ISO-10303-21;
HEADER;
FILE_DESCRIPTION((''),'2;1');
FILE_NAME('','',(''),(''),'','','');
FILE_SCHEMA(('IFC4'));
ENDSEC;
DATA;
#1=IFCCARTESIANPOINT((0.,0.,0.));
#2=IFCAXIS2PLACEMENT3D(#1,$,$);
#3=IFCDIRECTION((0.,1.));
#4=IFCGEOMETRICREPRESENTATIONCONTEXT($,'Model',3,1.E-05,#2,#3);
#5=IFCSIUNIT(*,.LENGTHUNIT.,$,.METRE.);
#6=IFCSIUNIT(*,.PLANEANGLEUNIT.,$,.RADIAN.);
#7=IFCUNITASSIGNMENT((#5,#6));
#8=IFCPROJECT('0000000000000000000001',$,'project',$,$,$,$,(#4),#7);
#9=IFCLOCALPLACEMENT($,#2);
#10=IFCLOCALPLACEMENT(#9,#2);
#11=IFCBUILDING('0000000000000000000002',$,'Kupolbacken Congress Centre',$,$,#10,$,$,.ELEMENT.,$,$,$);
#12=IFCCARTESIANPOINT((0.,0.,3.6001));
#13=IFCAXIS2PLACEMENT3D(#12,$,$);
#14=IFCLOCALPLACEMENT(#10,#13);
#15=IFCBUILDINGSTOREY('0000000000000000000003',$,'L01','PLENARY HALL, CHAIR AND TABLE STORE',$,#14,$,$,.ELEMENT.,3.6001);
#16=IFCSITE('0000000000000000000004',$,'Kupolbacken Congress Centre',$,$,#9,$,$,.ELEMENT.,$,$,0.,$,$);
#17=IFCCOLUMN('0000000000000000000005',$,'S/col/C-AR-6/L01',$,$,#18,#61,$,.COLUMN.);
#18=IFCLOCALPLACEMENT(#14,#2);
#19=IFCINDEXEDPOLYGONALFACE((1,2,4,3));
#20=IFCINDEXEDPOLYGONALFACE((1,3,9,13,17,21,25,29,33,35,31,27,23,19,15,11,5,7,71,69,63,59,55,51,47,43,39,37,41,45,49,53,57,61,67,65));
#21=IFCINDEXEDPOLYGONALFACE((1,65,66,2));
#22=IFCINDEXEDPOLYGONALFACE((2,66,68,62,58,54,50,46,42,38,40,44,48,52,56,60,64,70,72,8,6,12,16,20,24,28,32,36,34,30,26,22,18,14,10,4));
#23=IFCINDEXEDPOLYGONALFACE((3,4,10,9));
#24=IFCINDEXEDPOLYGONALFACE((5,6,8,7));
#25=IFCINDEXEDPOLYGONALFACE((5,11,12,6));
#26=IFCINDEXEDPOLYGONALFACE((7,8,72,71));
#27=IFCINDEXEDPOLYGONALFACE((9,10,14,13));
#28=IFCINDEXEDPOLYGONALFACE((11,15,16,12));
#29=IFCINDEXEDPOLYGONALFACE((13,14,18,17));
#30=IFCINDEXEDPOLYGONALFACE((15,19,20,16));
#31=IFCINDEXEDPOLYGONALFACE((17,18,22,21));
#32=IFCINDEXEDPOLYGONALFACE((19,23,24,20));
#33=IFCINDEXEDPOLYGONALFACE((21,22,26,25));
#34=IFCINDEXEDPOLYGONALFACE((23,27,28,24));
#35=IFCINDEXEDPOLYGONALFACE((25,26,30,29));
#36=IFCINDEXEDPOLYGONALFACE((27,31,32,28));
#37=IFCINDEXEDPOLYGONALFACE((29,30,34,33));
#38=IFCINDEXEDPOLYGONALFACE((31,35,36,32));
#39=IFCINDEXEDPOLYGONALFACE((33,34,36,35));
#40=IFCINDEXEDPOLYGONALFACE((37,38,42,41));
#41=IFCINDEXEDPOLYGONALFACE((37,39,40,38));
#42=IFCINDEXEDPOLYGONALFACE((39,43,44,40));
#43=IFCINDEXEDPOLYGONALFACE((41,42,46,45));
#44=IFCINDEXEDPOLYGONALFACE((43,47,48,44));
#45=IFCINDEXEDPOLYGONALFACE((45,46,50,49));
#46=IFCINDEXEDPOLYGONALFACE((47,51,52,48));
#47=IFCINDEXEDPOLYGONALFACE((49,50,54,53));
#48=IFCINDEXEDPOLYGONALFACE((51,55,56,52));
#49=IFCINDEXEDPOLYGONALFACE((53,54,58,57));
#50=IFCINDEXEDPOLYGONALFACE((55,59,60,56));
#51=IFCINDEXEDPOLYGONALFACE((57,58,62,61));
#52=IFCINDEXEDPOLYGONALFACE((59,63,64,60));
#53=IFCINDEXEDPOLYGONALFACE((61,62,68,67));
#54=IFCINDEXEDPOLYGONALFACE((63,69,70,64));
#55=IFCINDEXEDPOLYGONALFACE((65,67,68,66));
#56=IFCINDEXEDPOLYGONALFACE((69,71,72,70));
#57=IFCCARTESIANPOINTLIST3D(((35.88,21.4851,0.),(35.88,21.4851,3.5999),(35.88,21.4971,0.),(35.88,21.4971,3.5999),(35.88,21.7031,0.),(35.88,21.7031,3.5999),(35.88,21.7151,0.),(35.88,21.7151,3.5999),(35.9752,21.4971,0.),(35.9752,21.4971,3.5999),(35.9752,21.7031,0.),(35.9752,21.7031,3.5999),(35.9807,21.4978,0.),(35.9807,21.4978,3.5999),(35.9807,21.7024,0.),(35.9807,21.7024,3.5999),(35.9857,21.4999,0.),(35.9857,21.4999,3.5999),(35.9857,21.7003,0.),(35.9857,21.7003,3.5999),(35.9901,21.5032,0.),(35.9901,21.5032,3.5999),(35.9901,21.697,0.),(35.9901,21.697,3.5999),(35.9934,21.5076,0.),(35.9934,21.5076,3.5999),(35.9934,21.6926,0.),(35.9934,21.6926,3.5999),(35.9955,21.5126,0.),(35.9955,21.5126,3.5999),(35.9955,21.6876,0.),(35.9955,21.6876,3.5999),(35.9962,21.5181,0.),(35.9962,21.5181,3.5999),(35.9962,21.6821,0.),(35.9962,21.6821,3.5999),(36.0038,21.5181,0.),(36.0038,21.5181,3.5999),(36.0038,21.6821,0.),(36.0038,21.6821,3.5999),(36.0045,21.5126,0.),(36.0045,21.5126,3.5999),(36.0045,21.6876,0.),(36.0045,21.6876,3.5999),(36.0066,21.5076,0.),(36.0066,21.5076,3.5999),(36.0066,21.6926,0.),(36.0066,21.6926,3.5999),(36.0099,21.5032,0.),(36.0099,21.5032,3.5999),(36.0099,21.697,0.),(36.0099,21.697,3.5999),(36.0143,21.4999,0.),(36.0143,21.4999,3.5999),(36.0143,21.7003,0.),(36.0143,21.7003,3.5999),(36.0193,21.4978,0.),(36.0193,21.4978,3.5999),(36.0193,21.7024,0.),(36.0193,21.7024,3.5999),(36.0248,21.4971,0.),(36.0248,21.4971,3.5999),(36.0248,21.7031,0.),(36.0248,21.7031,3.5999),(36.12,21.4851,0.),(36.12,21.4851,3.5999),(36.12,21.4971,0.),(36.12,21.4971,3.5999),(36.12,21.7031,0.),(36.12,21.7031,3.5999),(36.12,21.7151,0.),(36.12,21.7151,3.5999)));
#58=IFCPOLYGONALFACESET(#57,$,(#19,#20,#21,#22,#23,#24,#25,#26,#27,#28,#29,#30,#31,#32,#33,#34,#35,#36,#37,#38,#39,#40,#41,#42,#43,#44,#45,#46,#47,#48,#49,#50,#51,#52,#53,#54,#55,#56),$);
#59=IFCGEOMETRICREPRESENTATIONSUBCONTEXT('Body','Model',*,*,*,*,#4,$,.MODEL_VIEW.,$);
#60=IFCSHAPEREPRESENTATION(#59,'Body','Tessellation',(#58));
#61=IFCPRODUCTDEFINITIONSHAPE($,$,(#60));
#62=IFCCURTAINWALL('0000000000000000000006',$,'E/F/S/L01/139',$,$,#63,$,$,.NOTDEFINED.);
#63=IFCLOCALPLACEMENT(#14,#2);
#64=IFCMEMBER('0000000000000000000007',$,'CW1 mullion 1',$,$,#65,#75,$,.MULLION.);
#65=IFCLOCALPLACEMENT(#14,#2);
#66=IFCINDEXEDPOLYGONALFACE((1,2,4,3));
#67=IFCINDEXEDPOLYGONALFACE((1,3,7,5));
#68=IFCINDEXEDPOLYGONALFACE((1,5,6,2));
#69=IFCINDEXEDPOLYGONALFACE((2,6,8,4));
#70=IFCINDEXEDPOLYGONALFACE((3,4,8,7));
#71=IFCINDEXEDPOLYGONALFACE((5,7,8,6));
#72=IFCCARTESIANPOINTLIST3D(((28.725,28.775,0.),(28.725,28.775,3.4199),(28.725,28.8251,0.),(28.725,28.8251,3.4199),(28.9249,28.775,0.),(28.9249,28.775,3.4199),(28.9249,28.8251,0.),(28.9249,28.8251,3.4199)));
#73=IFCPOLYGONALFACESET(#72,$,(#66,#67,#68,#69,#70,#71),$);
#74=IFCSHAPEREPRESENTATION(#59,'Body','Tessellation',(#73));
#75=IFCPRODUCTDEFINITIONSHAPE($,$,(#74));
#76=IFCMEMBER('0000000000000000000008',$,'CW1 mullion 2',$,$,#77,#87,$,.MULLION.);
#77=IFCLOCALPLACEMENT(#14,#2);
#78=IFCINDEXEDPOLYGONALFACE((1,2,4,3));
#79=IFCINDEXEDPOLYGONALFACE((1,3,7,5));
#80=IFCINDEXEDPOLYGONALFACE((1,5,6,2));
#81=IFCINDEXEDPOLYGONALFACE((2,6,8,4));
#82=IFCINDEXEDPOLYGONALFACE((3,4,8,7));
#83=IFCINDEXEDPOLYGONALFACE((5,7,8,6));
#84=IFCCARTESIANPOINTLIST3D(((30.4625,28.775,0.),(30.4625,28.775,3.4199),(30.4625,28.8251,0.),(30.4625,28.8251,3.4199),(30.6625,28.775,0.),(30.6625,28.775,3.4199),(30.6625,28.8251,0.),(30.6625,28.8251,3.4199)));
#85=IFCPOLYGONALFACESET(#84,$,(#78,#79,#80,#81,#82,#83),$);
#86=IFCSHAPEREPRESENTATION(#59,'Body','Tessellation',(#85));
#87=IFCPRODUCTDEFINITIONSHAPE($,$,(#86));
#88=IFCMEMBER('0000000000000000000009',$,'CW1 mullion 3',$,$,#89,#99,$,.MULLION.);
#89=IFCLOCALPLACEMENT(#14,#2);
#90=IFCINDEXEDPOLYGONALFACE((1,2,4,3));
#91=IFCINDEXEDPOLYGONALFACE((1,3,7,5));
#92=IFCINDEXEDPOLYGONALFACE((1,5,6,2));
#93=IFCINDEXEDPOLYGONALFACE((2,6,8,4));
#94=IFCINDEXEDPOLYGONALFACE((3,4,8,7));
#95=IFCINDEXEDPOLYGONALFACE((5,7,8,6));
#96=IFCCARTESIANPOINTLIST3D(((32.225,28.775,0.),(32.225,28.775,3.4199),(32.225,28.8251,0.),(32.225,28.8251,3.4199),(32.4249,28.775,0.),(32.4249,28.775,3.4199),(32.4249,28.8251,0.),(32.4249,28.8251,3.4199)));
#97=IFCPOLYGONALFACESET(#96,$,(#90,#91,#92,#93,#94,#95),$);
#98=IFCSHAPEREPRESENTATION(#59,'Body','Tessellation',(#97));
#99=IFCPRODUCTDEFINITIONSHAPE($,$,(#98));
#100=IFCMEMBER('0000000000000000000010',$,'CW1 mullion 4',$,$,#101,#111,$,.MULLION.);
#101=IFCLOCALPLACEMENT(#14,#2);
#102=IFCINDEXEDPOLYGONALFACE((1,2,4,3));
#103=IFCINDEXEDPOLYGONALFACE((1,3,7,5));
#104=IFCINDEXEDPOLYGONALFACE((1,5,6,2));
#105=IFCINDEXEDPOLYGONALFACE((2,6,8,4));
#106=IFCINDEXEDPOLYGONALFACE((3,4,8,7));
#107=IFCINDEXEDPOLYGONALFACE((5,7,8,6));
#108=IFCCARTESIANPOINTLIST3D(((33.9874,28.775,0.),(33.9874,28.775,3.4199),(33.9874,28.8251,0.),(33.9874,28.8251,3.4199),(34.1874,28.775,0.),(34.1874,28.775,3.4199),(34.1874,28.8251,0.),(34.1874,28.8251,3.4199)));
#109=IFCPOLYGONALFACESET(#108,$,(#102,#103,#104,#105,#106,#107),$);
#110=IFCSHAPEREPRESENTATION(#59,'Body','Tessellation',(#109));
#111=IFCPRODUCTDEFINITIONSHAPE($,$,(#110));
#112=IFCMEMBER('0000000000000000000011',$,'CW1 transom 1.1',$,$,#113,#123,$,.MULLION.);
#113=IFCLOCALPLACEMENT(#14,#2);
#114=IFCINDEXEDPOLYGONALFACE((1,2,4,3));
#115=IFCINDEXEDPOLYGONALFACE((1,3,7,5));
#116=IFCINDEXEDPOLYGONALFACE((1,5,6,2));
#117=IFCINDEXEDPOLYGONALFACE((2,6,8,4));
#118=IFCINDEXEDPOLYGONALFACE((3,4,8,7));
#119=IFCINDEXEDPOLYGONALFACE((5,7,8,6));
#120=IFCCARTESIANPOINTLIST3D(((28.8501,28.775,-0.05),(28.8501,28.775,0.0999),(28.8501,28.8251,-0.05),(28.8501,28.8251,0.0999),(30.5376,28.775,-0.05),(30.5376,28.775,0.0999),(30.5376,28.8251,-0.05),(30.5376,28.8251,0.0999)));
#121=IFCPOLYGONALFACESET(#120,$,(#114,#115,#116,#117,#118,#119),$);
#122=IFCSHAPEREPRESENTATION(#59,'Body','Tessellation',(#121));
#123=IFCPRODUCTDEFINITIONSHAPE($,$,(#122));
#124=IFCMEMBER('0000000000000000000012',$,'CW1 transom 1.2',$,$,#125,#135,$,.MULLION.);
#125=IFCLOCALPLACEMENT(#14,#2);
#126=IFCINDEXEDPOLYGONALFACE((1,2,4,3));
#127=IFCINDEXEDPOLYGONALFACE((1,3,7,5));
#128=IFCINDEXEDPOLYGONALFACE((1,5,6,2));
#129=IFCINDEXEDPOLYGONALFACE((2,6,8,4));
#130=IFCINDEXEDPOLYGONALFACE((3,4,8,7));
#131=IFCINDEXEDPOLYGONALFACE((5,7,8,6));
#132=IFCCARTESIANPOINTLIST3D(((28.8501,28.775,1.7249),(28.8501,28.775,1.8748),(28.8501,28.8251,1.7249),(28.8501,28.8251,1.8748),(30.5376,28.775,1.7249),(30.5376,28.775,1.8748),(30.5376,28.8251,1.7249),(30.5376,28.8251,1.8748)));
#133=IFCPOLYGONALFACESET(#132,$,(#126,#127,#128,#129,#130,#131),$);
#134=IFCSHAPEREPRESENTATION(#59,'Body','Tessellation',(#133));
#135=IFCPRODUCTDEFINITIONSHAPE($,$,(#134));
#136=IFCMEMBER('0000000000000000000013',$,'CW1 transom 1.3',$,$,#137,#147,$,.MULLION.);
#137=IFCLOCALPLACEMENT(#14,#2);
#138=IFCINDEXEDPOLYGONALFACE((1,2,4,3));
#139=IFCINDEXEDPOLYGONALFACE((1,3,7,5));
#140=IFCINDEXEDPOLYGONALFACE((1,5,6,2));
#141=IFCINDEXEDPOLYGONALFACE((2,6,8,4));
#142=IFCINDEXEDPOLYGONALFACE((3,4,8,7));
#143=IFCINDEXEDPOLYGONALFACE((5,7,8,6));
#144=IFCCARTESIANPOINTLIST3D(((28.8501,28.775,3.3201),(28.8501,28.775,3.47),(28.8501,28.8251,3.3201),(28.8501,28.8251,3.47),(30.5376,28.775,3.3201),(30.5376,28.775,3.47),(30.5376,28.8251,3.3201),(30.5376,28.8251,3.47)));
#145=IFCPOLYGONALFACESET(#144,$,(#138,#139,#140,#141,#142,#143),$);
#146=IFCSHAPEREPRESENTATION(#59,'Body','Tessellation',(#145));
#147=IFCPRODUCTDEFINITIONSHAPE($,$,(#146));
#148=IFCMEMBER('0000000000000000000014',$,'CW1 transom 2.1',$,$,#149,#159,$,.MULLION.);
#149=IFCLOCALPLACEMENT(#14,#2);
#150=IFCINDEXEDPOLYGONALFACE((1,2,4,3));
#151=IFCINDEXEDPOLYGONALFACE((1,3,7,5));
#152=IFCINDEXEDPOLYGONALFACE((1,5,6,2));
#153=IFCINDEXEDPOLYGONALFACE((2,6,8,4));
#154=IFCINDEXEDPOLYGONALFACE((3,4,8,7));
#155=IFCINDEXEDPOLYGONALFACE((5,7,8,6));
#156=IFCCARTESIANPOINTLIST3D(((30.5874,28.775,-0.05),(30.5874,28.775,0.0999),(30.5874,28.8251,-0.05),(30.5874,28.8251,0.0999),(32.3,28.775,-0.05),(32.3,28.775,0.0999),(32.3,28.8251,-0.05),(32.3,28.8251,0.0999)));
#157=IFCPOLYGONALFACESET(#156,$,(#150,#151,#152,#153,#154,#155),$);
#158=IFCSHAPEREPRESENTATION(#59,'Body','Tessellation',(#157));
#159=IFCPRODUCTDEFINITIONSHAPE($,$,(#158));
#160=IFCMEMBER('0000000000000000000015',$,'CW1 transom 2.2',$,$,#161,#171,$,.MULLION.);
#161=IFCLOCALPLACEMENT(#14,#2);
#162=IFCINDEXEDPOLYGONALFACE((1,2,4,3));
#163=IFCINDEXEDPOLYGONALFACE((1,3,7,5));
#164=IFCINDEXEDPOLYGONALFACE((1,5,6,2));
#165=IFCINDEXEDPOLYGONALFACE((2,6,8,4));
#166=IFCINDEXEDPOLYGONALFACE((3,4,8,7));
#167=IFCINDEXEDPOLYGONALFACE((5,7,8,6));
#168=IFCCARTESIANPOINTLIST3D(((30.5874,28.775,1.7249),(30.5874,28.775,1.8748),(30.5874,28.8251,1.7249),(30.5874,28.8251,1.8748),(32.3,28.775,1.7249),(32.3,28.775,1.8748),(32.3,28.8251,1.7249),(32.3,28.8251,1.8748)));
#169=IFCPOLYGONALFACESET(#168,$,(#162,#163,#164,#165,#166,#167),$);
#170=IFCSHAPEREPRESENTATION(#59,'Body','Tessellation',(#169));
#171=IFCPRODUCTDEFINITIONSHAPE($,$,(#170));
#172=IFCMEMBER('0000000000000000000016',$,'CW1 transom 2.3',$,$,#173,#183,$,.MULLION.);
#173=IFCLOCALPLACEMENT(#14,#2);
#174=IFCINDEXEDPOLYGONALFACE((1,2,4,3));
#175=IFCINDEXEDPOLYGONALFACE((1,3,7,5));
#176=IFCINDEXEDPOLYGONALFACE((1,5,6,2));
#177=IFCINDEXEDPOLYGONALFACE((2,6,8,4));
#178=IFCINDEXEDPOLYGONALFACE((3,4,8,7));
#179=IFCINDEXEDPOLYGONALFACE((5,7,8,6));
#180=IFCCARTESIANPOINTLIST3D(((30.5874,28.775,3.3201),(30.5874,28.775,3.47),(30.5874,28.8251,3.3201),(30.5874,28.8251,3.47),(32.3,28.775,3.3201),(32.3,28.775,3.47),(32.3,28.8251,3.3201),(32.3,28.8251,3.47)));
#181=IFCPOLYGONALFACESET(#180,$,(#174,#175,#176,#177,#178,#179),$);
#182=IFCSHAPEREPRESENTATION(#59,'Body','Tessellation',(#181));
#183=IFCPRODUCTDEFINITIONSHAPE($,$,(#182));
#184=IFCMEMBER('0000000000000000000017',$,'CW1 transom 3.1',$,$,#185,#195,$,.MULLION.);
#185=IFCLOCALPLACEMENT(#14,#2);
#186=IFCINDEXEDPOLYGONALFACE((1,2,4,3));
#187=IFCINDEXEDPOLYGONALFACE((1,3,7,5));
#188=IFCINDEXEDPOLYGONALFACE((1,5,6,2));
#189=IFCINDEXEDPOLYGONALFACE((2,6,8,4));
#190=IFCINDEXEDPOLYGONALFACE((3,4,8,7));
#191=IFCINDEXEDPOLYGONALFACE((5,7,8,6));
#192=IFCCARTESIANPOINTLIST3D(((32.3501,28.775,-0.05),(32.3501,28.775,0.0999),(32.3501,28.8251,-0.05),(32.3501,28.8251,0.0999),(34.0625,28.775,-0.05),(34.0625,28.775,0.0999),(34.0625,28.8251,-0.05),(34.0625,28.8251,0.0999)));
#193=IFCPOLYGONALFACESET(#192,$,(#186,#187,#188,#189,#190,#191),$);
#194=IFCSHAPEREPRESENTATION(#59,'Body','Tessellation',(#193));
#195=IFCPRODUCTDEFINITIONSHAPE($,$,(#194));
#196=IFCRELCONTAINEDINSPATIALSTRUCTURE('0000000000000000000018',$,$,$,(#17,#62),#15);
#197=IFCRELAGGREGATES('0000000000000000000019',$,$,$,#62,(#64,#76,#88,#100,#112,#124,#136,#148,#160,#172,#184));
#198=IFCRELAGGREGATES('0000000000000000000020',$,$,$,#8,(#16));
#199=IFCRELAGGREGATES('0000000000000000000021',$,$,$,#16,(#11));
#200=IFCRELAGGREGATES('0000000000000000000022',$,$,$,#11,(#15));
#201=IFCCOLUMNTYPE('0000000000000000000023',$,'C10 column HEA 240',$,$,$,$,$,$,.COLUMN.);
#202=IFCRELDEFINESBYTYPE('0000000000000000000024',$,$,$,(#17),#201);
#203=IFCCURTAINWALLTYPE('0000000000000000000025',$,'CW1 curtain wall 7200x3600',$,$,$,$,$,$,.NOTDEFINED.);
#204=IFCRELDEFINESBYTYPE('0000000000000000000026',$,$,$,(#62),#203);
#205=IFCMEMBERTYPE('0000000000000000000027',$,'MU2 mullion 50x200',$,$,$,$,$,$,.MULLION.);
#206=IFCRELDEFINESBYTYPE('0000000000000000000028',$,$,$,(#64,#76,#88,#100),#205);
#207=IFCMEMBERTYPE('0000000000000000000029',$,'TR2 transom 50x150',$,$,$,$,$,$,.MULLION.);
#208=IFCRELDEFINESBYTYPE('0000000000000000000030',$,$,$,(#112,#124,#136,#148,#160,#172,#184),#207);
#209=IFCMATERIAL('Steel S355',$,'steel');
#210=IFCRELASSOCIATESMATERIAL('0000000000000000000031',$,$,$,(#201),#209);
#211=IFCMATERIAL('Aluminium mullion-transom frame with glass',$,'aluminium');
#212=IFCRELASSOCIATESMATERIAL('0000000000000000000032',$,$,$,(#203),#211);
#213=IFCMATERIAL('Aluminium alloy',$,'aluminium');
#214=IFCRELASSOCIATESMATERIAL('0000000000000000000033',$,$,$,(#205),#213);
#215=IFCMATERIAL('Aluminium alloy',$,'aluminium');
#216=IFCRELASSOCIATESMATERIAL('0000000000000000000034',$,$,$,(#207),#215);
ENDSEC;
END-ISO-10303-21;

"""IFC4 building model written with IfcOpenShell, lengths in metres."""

from ifc_helpers import new_model, si_unit, direction, frame, origin, origin_2d, place, context, subcontext, project, spatial, rectangle, i_section, extrude, material, material_profile, profile_set, type_object, element, aggregate, save


model = new_model("IFC4")

# Units and contexts
model_context = context("Model", 3, precision=1e-05, world=origin(), true_north=direction((0.0, 1.0)))
body_context = subcontext(model_context, "Body", "Model", "MODEL_VIEW")
ifc_project = project(units=[si_unit("LENGTHUNIT", "METRE"), si_unit("PLANEANGLEUNIT", "RADIAN")], contexts=[model_context])

# Site, building, storey
site_placement = place(None, origin())
site = spatial("IfcSite", under=ifc_project, at=site_placement, Name="Kupolbacken Congress Centre", CompositionType="ELEMENT", RefElevation=0.0)
building_placement = place(site_placement, origin())
building = spatial("IfcBuilding", under=site, at=building_placement, Name="Kupolbacken Congress Centre", CompositionType="ELEMENT")
storey_placement = place(building_placement, frame((0.0, 0.0, 3.6001)))
storey = spatial("IfcBuildingStorey", under=building, at=storey_placement, Name="L01", Description="PLENARY HALL, CHAIR AND TABLE STORE", CompositionType="ELEMENT", Elevation=3.6001)

# Column
ifc_material_1 = material(Name="Steel S355", Category="steel")
ifc_material_profile_1 = material_profile(ifc_material_1, i_section(OverallWidth=0.24, OverallDepth=0.23, WebThickness=0.0076, FlangeThickness=0.012, FilletRadius=0.021, at=origin_2d()), Name="HEA 240")
ifc_profile_set_1 = profile_set([ifc_material_profile_1], Name="Steel S355")
column_type = type_object("IfcColumnType", Name="C10 column HEA 240", PredefinedType="COLUMN", material=ifc_profile_set_1)
column_placement = place(storey_placement, frame((36.0, 21.6001, 0.0), z_axis=(0.0, 0.0, 1.0), x_axis=(1.0, 0.0, 0.0)))
element("IfcColumn", 1, at=column_placement, inside=storey, type_object=column_type, Name="S/col/C-AR-6/L01", PredefinedType="COLUMN", context=body_context, shape_type="SweptSolid", body=[
    extrude(i_section(OverallWidth=0.24, OverallDepth=0.23, WebThickness=0.0076, FlangeThickness=0.012, FilletRadius=0.021, at=origin_2d()), origin(), (0.0, 0.0, 1.0), 3.5999),
])

# Curtain wall, members
ifc_material_2 = material(Name="Aluminium mullion-transom frame with glass", Category="aluminium")
curtain_wall_type = type_object("IfcCurtainWallType", Name="CW1 curtain wall 7200x3600", PredefinedType="NOTDEFINED", material=ifc_material_2)
curtain_wall_placement = place(storey_placement, origin())
curtain_wall = element("IfcCurtainWall", 2, at=curtain_wall_placement, inside=storey, type_object=curtain_wall_type, Name="E/F/S/L01/139", PredefinedType="NOTDEFINED")
ifc_material_3 = material(Name="Aluminium alloy", Category="aluminium")
ifc_material_profile_2 = material_profile(ifc_material_3, rectangle(XDim=0.05, YDim=0.2, at=origin_2d()), Name="50 x 200")
ifc_profile_set_2 = profile_set([ifc_material_profile_2], Name="Aluminium alloy")
member_type_1 = type_object("IfcMemberType", Name="MU2 mullion 50x200", PredefinedType="MULLION", material=ifc_profile_set_2)
member_1_placement = place(storey_placement, frame((28.825, 28.8, 0.0), z_axis=(0.0, 0.0, 1.0), x_axis=(0.0, 1.0, 0.0)))
member_1 = element("IfcMember", 3, at=member_1_placement, type_object=member_type_1, Name="CW1 mullion 1", PredefinedType="MULLION", context=body_context, shape_type="SweptSolid", body=[
    extrude(rectangle(XDim=0.05, YDim=0.2, at=origin_2d()), origin(), (0.0, 0.0, 1.0), 3.4199),
])
member_2_placement = place(storey_placement, frame((30.5625, 28.8, 0.0), z_axis=(0.0, 0.0, 1.0), x_axis=(0.0, 1.0, 0.0)))
member_2 = element("IfcMember", 4, at=member_2_placement, type_object=member_type_1, Name="CW1 mullion 2", PredefinedType="MULLION", context=body_context, shape_type="SweptSolid", body=[
    extrude(rectangle(XDim=0.05, YDim=0.2, at=origin_2d()), origin(), (0.0, 0.0, 1.0), 3.4199),
])
member_3_placement = place(storey_placement, frame((32.325, 28.8, 0.0), z_axis=(0.0, 0.0, 1.0), x_axis=(0.0, 1.0, 0.0)))
member_3 = element("IfcMember", 5, at=member_3_placement, type_object=member_type_1, Name="CW1 mullion 3", PredefinedType="MULLION", context=body_context, shape_type="SweptSolid", body=[
    extrude(rectangle(XDim=0.05, YDim=0.2, at=origin_2d()), origin(), (0.0, 0.0, 1.0), 3.4199),
])
member_4_placement = place(storey_placement, frame((34.0874, 28.8, 0.0), z_axis=(0.0, 0.0, 1.0), x_axis=(0.0, 1.0, 0.0)))
member_4 = element("IfcMember", 6, at=member_4_placement, type_object=member_type_1, Name="CW1 mullion 4", PredefinedType="MULLION", context=body_context, shape_type="SweptSolid", body=[
    extrude(rectangle(XDim=0.05, YDim=0.2, at=origin_2d()), origin(), (0.0, 0.0, 1.0), 3.4199),
])
ifc_material_4 = material(Name="Aluminium alloy", Category="aluminium")
ifc_material_profile_3 = material_profile(ifc_material_4, rectangle(XDim=0.05, YDim=0.1499, at=origin_2d()), Name="50 x 150")
ifc_profile_set_3 = profile_set([ifc_material_profile_3], Name="Aluminium alloy")
member_type_2 = type_object("IfcMemberType", Name="TR2 transom 50x150", PredefinedType="MULLION", material=ifc_profile_set_3)
member_5_placement = place(storey_placement, frame((28.8501, 28.8, 0.0249), z_axis=(1.0, 0.0, 0.0), x_axis=(0.0, 1.0, 0.0)))
member_5 = element("IfcMember", 7, at=member_5_placement, type_object=member_type_2, Name="CW1 transom 1.1", PredefinedType="MULLION", context=body_context, shape_type="SweptSolid", body=[
    extrude(rectangle(XDim=0.05, YDim=0.1499, at=origin_2d()), origin(), (0.0, 0.0, 1.0), 1.6875),
])
member_6_placement = place(storey_placement, frame((28.8501, 28.8, 1.7998), z_axis=(1.0, 0.0, 0.0), x_axis=(0.0, 1.0, 0.0)))
member_6 = element("IfcMember", 8, at=member_6_placement, type_object=member_type_2, Name="CW1 transom 1.2", PredefinedType="MULLION", context=body_context, shape_type="SweptSolid", body=[
    extrude(rectangle(XDim=0.05, YDim=0.1499, at=origin_2d()), origin(), (0.0, 0.0, 1.0), 1.6875),
])
member_7_placement = place(storey_placement, frame((28.8501, 28.8, 3.395), z_axis=(1.0, 0.0, 0.0), x_axis=(0.0, 1.0, 0.0)))
member_7 = element("IfcMember", 9, at=member_7_placement, type_object=member_type_2, Name="CW1 transom 1.3", PredefinedType="MULLION", context=body_context, shape_type="SweptSolid", body=[
    extrude(rectangle(XDim=0.05, YDim=0.1499, at=origin_2d()), origin(), (0.0, 0.0, 1.0), 1.6875),
])
member_8_placement = place(storey_placement, frame((30.5874, 28.8, 0.0249), z_axis=(1.0, 0.0, 0.0), x_axis=(0.0, 1.0, 0.0)))
member_8 = element("IfcMember", 10, at=member_8_placement, type_object=member_type_2, Name="CW1 transom 2.1", PredefinedType="MULLION", context=body_context, shape_type="SweptSolid", body=[
    extrude(rectangle(XDim=0.05, YDim=0.1499, at=origin_2d()), origin(), (0.0, 0.0, 1.0), 1.7126),
])
member_9_placement = place(storey_placement, frame((30.5874, 28.8, 1.7998), z_axis=(1.0, 0.0, 0.0), x_axis=(0.0, 1.0, 0.0)))
member_9 = element("IfcMember", 11, at=member_9_placement, type_object=member_type_2, Name="CW1 transom 2.2", PredefinedType="MULLION", context=body_context, shape_type="SweptSolid", body=[
    extrude(rectangle(XDim=0.05, YDim=0.1499, at=origin_2d()), origin(), (0.0, 0.0, 1.0), 1.7126),
])
member_10_placement = place(storey_placement, frame((30.5874, 28.8, 3.395), z_axis=(1.0, 0.0, 0.0), x_axis=(0.0, 1.0, 0.0)))
member_10 = element("IfcMember", 12, at=member_10_placement, type_object=member_type_2, Name="CW1 transom 2.3", PredefinedType="MULLION", context=body_context, shape_type="SweptSolid", body=[
    extrude(rectangle(XDim=0.05, YDim=0.1499, at=origin_2d()), origin(), (0.0, 0.0, 1.0), 1.7126),
])
member_11_placement = place(storey_placement, frame((32.3501, 28.8, 0.0249), z_axis=(1.0, 0.0, 0.0), x_axis=(0.0, 1.0, 0.0)))
member_11 = element("IfcMember", 13, at=member_11_placement, type_object=member_type_2, Name="CW1 transom 3.1", PredefinedType="MULLION", context=body_context, shape_type="SweptSolid", body=[
    extrude(rectangle(XDim=0.05, YDim=0.1499, at=origin_2d()), origin(), (0.0, 0.0, 1.0), 1.7124),
])
aggregate(curtain_wall, [member_1, member_2, member_3, member_4, member_5, member_6, member_7, member_8, member_9, member_10, member_11])

save(model, "model.ifc")
